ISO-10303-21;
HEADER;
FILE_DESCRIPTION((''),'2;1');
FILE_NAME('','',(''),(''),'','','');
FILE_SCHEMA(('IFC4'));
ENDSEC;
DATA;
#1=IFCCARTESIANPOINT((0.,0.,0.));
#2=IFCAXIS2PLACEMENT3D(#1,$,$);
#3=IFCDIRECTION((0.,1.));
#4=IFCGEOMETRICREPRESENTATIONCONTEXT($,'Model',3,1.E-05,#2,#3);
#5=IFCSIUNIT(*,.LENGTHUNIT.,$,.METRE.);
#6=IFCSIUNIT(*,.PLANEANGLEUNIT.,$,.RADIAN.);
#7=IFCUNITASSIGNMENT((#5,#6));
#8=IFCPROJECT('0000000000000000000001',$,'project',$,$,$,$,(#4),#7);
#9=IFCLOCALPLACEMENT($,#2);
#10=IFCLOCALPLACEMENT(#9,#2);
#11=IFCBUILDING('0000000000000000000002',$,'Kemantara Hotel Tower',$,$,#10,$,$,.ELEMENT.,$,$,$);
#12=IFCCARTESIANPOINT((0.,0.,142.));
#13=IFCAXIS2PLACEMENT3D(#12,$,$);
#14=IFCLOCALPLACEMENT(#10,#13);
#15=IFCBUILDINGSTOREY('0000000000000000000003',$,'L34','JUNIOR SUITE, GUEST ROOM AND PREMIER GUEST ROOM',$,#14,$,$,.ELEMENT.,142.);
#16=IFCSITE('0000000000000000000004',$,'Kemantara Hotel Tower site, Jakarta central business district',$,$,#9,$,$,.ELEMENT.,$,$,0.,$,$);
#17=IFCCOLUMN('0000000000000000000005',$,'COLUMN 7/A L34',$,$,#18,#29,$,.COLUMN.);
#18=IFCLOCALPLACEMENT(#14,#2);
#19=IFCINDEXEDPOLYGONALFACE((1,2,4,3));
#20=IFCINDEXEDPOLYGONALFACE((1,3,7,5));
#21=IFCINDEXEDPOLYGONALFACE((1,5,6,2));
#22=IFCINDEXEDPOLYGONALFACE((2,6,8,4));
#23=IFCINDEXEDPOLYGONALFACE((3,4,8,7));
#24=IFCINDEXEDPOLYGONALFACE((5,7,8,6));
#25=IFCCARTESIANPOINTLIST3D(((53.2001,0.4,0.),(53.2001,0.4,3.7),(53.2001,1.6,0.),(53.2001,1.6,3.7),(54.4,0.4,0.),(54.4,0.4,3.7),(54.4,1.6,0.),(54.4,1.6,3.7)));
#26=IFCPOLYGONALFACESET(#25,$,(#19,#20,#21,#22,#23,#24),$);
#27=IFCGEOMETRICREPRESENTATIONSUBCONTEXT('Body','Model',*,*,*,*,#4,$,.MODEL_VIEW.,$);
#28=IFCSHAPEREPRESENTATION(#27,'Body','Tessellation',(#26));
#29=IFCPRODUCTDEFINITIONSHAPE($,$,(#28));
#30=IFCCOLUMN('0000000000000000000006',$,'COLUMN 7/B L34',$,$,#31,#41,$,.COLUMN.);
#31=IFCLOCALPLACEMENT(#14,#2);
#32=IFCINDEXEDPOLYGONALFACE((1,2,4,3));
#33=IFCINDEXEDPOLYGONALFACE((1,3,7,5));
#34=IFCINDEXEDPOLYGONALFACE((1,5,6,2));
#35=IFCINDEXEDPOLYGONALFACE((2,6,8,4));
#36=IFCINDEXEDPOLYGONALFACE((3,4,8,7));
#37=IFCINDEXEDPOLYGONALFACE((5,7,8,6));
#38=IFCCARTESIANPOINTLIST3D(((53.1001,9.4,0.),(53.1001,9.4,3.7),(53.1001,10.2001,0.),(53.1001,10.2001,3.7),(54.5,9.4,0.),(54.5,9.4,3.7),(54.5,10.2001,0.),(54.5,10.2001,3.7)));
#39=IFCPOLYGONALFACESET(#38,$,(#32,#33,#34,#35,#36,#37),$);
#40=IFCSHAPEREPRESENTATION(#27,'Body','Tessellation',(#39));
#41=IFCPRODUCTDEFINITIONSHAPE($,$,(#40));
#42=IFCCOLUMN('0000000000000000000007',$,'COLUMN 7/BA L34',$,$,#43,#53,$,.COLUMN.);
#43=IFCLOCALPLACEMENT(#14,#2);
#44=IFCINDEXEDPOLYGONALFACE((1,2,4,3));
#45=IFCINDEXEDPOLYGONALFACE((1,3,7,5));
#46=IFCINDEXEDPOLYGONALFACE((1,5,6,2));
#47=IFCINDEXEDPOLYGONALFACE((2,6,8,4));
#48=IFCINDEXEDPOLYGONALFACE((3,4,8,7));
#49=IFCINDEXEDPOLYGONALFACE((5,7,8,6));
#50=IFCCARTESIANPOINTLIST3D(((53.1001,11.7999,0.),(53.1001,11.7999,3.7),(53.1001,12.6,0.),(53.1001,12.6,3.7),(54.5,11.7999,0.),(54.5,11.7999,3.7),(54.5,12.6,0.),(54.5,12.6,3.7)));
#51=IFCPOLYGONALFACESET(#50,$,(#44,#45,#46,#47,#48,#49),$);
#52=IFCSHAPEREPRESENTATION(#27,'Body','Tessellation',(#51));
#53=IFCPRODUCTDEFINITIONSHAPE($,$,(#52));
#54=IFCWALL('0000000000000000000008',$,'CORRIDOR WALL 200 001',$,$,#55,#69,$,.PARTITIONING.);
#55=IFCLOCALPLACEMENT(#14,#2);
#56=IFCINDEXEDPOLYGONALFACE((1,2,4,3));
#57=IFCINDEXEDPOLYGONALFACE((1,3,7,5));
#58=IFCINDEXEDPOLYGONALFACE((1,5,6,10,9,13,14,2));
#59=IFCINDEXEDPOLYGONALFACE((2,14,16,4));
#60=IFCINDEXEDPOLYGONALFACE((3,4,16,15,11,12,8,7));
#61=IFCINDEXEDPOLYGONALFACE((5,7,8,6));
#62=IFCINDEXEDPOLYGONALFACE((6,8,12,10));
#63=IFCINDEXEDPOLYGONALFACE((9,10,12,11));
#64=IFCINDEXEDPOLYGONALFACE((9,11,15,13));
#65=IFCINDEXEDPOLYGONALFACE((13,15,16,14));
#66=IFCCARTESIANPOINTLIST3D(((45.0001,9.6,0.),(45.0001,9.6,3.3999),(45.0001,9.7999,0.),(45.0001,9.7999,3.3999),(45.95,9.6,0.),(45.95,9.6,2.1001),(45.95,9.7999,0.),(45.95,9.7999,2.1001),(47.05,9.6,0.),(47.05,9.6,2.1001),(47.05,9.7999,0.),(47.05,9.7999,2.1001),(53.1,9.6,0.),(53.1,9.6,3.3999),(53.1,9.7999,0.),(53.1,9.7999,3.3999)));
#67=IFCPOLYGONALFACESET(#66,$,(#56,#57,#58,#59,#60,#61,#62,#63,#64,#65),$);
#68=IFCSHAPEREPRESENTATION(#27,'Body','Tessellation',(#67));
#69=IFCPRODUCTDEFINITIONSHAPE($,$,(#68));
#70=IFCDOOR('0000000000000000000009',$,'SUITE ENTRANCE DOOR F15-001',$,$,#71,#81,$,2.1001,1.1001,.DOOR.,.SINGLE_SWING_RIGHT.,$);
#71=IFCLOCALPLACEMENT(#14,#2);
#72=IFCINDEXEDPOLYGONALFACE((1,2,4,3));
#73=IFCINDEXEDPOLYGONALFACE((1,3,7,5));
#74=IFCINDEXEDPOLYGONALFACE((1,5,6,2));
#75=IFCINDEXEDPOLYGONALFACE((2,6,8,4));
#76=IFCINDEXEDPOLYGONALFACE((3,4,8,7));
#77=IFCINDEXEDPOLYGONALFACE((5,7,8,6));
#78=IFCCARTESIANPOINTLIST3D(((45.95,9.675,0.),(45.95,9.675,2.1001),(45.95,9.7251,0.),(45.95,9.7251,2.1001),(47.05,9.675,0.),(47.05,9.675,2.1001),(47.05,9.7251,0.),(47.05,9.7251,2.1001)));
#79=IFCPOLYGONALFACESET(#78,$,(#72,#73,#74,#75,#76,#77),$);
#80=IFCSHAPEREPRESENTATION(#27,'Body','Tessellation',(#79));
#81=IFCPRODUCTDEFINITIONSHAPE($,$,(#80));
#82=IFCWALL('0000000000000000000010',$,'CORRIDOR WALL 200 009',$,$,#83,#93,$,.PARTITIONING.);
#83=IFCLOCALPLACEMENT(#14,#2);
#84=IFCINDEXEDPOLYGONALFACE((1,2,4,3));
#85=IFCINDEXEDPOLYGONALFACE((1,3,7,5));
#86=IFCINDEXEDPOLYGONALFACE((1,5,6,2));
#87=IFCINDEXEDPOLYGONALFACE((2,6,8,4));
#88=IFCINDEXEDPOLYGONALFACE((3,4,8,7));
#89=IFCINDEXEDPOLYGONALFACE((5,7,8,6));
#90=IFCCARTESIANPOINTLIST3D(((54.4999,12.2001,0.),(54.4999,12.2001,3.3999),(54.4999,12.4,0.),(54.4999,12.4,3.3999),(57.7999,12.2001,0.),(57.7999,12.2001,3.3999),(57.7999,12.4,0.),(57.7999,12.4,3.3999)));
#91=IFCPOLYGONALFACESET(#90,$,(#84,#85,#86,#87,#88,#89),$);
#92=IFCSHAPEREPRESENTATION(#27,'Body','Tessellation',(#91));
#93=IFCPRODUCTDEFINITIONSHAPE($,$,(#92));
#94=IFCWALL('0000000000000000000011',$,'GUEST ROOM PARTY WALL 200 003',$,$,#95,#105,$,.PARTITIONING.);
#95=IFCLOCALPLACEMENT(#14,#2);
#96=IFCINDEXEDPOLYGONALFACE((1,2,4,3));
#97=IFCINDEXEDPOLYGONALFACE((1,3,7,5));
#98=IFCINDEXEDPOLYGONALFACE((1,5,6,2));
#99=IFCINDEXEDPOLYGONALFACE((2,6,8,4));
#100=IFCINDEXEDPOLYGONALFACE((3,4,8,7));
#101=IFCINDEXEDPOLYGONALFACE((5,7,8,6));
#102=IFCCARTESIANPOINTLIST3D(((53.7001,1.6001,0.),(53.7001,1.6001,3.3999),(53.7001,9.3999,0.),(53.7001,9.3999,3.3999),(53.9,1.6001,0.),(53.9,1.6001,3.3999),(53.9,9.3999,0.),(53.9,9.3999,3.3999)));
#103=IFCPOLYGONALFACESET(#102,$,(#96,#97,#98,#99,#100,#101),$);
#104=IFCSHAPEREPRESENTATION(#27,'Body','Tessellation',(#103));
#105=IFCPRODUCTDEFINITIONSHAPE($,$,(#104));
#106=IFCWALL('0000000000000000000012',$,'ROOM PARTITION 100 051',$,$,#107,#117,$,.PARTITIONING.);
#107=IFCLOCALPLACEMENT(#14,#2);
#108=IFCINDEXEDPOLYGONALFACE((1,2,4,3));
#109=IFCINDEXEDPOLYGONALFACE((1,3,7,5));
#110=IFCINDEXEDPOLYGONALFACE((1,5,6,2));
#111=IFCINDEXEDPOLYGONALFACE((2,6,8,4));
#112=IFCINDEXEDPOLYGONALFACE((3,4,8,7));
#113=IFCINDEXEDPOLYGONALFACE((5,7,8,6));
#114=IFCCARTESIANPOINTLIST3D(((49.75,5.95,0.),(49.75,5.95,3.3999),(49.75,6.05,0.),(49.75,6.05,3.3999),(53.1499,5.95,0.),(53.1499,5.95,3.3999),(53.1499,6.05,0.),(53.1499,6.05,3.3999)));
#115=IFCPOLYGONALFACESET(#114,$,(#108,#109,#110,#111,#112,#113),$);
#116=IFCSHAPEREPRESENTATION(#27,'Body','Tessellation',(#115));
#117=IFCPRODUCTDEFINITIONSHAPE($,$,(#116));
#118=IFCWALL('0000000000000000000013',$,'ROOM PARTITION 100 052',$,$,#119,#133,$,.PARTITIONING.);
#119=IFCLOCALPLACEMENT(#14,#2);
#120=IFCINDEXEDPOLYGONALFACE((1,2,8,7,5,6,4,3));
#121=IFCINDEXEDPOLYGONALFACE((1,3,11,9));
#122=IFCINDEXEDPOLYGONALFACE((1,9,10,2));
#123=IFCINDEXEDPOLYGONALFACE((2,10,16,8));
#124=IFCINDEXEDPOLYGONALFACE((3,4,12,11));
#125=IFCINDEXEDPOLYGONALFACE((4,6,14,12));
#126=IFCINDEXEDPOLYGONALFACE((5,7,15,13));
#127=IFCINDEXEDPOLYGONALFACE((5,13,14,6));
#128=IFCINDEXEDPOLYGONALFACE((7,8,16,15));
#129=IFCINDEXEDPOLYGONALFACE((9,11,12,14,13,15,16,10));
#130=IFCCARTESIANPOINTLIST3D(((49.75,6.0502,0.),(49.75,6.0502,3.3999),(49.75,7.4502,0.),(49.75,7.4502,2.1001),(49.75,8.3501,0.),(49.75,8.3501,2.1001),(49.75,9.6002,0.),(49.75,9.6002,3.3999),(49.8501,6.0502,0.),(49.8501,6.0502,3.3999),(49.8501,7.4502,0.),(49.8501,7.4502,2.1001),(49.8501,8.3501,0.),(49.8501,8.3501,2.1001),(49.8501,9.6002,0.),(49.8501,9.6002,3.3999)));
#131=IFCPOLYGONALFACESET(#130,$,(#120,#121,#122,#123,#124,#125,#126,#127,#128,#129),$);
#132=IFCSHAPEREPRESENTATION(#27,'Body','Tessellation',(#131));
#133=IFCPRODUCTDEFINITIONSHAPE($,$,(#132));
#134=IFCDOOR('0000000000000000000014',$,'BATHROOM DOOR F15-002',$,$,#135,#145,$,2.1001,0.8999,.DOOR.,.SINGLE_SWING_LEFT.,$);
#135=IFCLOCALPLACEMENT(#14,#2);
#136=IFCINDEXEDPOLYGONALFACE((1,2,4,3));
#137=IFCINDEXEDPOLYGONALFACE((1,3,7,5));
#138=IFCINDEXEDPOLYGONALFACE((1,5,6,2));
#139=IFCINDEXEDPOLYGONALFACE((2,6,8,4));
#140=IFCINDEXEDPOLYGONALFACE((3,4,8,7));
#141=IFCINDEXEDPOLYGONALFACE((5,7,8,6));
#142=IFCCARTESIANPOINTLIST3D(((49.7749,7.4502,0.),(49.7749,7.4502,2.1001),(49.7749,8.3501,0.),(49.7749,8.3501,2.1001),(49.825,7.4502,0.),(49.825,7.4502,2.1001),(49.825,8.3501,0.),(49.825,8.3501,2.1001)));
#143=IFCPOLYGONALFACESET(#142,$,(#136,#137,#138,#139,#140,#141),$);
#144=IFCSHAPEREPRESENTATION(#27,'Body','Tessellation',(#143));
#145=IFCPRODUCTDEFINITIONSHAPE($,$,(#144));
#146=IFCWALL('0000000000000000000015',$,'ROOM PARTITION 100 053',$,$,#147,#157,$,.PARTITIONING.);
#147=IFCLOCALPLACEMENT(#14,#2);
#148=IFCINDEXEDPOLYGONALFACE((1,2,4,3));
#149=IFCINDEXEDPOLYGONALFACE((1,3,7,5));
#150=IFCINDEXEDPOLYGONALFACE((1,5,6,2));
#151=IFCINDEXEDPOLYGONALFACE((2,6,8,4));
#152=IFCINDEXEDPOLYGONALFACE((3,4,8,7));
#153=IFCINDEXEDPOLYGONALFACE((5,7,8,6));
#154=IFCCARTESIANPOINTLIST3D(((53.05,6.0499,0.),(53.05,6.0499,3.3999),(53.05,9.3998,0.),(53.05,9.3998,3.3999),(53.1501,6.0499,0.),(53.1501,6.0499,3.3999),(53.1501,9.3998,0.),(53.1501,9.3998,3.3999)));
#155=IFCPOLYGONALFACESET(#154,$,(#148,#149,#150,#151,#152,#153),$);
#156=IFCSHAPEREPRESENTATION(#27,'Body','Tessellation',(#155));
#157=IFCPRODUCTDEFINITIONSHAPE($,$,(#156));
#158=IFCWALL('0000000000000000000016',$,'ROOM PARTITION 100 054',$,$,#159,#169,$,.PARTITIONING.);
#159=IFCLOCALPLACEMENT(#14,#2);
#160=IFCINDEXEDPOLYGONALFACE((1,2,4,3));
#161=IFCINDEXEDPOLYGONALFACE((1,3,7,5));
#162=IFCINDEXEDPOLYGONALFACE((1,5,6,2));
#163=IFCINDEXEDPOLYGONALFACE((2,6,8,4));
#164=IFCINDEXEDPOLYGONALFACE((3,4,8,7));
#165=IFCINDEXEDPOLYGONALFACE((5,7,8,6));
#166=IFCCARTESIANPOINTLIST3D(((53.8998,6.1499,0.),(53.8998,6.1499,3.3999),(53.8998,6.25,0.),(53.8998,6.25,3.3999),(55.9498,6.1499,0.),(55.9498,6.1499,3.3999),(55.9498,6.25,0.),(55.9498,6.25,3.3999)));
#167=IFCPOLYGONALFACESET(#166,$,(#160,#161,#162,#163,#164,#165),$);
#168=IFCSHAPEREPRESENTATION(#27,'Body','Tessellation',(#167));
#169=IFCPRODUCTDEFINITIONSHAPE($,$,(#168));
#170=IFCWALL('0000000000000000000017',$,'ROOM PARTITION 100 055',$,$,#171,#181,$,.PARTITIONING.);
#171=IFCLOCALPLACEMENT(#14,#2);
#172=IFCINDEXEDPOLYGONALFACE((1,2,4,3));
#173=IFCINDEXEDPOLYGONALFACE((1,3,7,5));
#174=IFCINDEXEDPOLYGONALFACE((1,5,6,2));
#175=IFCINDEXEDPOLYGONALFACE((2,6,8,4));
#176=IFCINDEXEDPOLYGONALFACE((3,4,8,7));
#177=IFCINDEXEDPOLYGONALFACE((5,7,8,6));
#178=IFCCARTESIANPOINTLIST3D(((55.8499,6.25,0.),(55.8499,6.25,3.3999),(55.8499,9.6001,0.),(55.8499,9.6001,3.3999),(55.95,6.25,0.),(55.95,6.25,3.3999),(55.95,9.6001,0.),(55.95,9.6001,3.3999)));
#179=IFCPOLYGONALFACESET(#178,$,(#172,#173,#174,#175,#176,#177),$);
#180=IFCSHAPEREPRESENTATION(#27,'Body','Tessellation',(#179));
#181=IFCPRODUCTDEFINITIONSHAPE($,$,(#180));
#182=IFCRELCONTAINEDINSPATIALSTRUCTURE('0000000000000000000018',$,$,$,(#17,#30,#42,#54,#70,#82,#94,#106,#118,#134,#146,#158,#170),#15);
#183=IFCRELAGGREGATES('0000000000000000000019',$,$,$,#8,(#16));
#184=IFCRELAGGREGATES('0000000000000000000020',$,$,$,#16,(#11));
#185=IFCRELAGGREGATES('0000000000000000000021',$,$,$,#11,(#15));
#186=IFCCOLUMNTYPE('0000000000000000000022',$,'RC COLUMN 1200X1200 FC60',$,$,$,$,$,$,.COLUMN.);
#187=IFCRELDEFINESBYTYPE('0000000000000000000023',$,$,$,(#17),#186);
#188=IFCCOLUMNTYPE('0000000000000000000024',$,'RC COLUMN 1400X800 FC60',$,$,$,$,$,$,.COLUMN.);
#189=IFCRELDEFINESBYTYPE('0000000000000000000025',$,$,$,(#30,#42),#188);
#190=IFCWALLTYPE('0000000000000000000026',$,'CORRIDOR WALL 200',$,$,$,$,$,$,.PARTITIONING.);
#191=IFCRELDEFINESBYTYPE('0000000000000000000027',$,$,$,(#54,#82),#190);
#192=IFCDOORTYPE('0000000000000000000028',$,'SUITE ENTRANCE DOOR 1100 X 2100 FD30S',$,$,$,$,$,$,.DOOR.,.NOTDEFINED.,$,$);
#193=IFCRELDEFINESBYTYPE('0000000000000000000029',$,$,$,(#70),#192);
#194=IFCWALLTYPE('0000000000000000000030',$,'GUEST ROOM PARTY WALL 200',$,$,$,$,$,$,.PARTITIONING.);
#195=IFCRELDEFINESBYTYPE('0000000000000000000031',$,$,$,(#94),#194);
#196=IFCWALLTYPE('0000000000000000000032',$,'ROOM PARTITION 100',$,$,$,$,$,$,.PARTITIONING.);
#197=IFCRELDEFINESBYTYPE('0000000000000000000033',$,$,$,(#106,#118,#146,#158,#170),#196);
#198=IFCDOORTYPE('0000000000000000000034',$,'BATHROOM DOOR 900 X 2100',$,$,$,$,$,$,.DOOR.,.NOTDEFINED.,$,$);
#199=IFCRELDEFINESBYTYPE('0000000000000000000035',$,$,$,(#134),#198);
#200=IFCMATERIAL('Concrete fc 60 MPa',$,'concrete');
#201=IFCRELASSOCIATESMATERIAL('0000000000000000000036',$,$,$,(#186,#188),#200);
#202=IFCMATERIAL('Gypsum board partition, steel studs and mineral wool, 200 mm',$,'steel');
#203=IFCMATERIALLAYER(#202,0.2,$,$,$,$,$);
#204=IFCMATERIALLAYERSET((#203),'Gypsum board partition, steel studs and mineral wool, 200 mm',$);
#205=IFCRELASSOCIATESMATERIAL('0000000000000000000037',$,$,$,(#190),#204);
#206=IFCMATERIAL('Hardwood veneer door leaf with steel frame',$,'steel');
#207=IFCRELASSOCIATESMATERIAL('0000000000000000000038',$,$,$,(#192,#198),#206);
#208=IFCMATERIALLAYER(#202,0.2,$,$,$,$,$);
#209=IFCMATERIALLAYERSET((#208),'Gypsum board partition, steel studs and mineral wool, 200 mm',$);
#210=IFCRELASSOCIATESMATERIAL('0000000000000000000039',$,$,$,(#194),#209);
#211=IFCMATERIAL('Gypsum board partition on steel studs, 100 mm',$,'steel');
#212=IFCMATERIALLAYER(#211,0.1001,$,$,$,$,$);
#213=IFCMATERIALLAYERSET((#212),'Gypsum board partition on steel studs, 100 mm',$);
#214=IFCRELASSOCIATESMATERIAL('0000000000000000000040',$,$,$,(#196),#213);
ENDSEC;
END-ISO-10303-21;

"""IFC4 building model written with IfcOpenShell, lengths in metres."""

from ifc_helpers import new_model, si_unit, direction, frame, frame_2d, origin, origin_2d, place, context, subcontext, project, spatial, rectangle, extrude, material, layer, layer_set, material_profile, profile_set, type_object, element, fill, save


model = new_model("IFC4")

# Units and contexts
model_context = context("Model", 3, precision=1e-05, world=origin(), true_north=direction((0.0, 1.0)))
body_context = subcontext(model_context, "Body", "Model", "MODEL_VIEW")
ifc_project = project(units=[si_unit("LENGTHUNIT", "METRE"), si_unit("PLANEANGLEUNIT", "RADIAN")], contexts=[model_context])

# Site, building, storey
site_placement = place(None, origin())
site = spatial("IfcSite", under=ifc_project, at=site_placement, Name="Kemantara Hotel Tower site, Jakarta central business district", CompositionType="ELEMENT", RefElevation=0.0)
building_placement = place(site_placement, origin())
building = spatial("IfcBuilding", under=site, at=building_placement, Name="Kemantara Hotel Tower", CompositionType="ELEMENT")
storey_placement = place(building_placement, frame((0.0, 0.0, 142.0)))
storey = spatial("IfcBuildingStorey", under=building, at=storey_placement, Name="L34", Description="JUNIOR SUITE, GUEST ROOM AND PREMIER GUEST ROOM", CompositionType="ELEMENT", Elevation=142.0)

# Columns
ifc_material_1 = material(Name="Concrete fc 60 MPa", Category="concrete")
ifc_material_profile_1 = material_profile(ifc_material_1, rectangle(XDim=1.2, YDim=1.2, at=origin_2d()), Name="RC 1200X1200")
ifc_profile_set_1 = profile_set([ifc_material_profile_1], Name="Concrete fc 60 MPa")
column_type_1 = type_object("IfcColumnType", Name="RC COLUMN 1200X1200 FC60", PredefinedType="COLUMN", material=ifc_profile_set_1)
column_placement = place(storey_placement, frame((53.8, 1.0, 0.0), z_axis=(0.0, 0.0, 1.0), x_axis=(1.0, 0.0, 0.0)))
element("IfcColumn", 1, at=column_placement, inside=storey, type_object=column_type_1, Name="COLUMN 7/A L34", PredefinedType="COLUMN", context=body_context, shape_type="SweptSolid", body=[
    extrude(rectangle(XDim=1.2, YDim=1.2, at=origin_2d()), origin(), (0.0, 0.0, 1.0), 3.7),
])
ifc_material_profile_2 = material_profile(ifc_material_1, rectangle(XDim=1.3999, YDim=0.8, at=origin_2d()), Name="RC 1400X800")
ifc_profile_set_2 = profile_set([ifc_material_profile_2], Name="Concrete fc 60 MPa")
column_type_2 = type_object("IfcColumnType", Name="RC COLUMN 1400X800 FC60", PredefinedType="COLUMN", material=ifc_profile_set_2)
for number, where, z_axis, x_axis, name in (
    (2, (53.8, 9.8, 0.0), (0.0, 0.0, 1.0), (1.0, 0.0, 0.0), "COLUMN 7/B L34"),
    (3, (53.8, 12.2, 0.0), (0.0, 0.0, 1.0), (1.0, 0.0, 0.0), "COLUMN 7/BA L34"),
):
    element("IfcColumn", number, at=place(storey_placement, frame(where, z_axis=z_axis, x_axis=x_axis)), inside=storey, type_object=column_type_2, Name=name, PredefinedType="COLUMN", context=body_context, shape_type="SweptSolid", body=[
        extrude(rectangle(XDim=1.3999, YDim=0.8, at=origin_2d()), origin(), (0.0, 0.0, 1.0), 3.7),
    ])

# Wall, opening, door
ifc_material_2 = material(Name="Gypsum board partition, steel studs and mineral wool, 200 mm", Category="steel")
ifc_layer_1 = layer(ifc_material_2, 0.2)
ifc_layer_set_1 = layer_set([ifc_layer_1], Name="Gypsum board partition, steel studs and mineral wool, 200 mm")
wall_type_1 = type_object("IfcWallType", Name="CORRIDOR WALL 200", PredefinedType="PARTITIONING", material=ifc_layer_set_1)
wall_1_placement = place(storey_placement, frame((53.0999, 9.7, 0.0), z_axis=(0.0, 0.0, 1.0), x_axis=(-1.0, 0.0, 0.0)))
wall_1 = element("IfcWall", 4, at=wall_1_placement, inside=storey, type_object=wall_type_1, Name="CORRIDOR WALL 200 001", PredefinedType="PARTITIONING", context=body_context, shape_type="SweptSolid", body=[
    extrude(rectangle(XDim=8.0999, YDim=0.2, at=frame_2d((4.0498, 0.0))), origin(), (0.0, 0.0, 1.0), 3.3999),
])
opening_1_placement = place(wall_1_placement, frame((6.0498, 0.0, 0.0)))
opening_1 = element("IfcOpeningElement", 5, at=opening_1_placement, cuts=wall_1, PredefinedType="OPENING", context=body_context, shape_type="SweptSolid", body=[
    extrude(rectangle(XDim=1.1001, YDim=2.1001, at=frame_2d((0.55, 1.05))), frame((0.0, 0.1099, 0.0), z_axis=(0.0, -1.0, 0.0), x_axis=(1.0, 0.0, 0.0)), (0.0, 0.0, 1.0), 0.22),
])
ifc_material_3 = material(Name="Hardwood veneer door leaf with steel frame", Category="steel")
door_type_1 = type_object("IfcDoorType", Name="SUITE ENTRANCE DOOR 1100 X 2100 FD30S", OperationType="NOTDEFINED", PredefinedType="DOOR", material=ifc_material_3)
door_1_placement = place(opening_1_placement, origin())
door_1 = element("IfcDoor", 6, at=door_1_placement, inside=storey, type_object=door_type_1, Name="SUITE ENTRANCE DOOR F15-001", OperationType="SINGLE_SWING_RIGHT", OverallHeight=2.1001, OverallWidth=1.1001, PredefinedType="DOOR", context=body_context, shape_type="SweptSolid", body=[
    extrude(rectangle(XDim=1.1001, YDim=2.1001, at=frame_2d((0.55, 1.05))), frame((0.0, 0.0249, 0.0), z_axis=(0.0, -1.0, 0.0), x_axis=(1.0, 0.0, 0.0)), (0.0, 0.0, 1.0), 0.05),
])
fill(opening_1, door_1)

# Walls
wall_2_placement = place(storey_placement, frame((54.5, 12.3, 0.0), z_axis=(0.0, 0.0, 1.0), x_axis=(1.0, 0.0, 0.0)))
element("IfcWall", 7, at=wall_2_placement, inside=storey, type_object=wall_type_1, Name="CORRIDOR WALL 200 009", PredefinedType="PARTITIONING", context=body_context, shape_type="SweptSolid", body=[
    extrude(rectangle(XDim=3.3, YDim=0.2, at=frame_2d((1.6499, 0.0))), origin(), (0.0, 0.0, 1.0), 3.3999),
])
ifc_layer_2 = layer(ifc_material_2, 0.2)
ifc_layer_set_2 = layer_set([ifc_layer_2], Name="Gypsum board partition, steel studs and mineral wool, 200 mm")
wall_type_2 = type_object("IfcWallType", Name="GUEST ROOM PARTY WALL 200", PredefinedType="PARTITIONING", material=ifc_layer_set_2)
wall_3_placement = place(storey_placement, frame((53.8, 1.6001, 0.0), z_axis=(0.0, 0.0, 1.0), x_axis=(0.0, 1.0, 0.0)))
element("IfcWall", 8, at=wall_3_placement, inside=storey, type_object=wall_type_2, Name="GUEST ROOM PARTY WALL 200 003", PredefinedType="PARTITIONING", context=body_context, shape_type="SweptSolid", body=[
    extrude(rectangle(XDim=7.7998, YDim=0.2, at=frame_2d((3.8999, 0.0))), origin(), (0.0, 0.0, 1.0), 3.3999),
])
ifc_material_4 = material(Name="Gypsum board partition on steel studs, 100 mm", Category="steel")
ifc_layer_3 = layer(ifc_material_4, 0.1001)
ifc_layer_set_3 = layer_set([ifc_layer_3], Name="Gypsum board partition on steel studs, 100 mm")
wall_type_3 = type_object("IfcWallType", Name="ROOM PARTITION 100", PredefinedType="PARTITIONING", material=ifc_layer_set_3)
wall_4_placement = place(storey_placement, frame((49.75, 6.0, 0.0), z_axis=(0.0, 0.0, 1.0), x_axis=(1.0, 0.0, 0.0)))
element("IfcWall", 9, at=wall_4_placement, inside=storey, type_object=wall_type_3, Name="ROOM PARTITION 100 051", PredefinedType="PARTITIONING", context=body_context, shape_type="SweptSolid", body=[
    extrude(rectangle(XDim=3.3999, YDim=0.1001, at=frame_2d((1.7, 0.0))), origin(), (0.0, 0.0, 1.0), 3.3999),
])

# Wall, opening, door
wall_5_placement = place(storey_placement, frame((49.8, 9.6001, 0.0), z_axis=(0.0, 0.0, 1.0), x_axis=(0.0, -1.0, 0.0)))
wall_5 = element("IfcWall", 10, at=wall_5_placement, inside=storey, type_object=wall_type_3, Name="ROOM PARTITION 100 052", PredefinedType="PARTITIONING", context=body_context, shape_type="SweptSolid", body=[
    extrude(rectangle(XDim=3.55, YDim=0.1001, at=frame_2d((1.7749, 0.0))), origin(), (0.0, 0.0, 1.0), 3.3999),
])
opening_2_placement = place(wall_5_placement, frame((1.25, 0.0, 0.0)))
opening_2 = element("IfcOpeningElement", 11, at=opening_2_placement, cuts=wall_5, PredefinedType="OPENING", context=body_context, shape_type="SweptSolid", body=[
    extrude(rectangle(XDim=0.8999, YDim=2.1001, at=frame_2d((0.45, 1.05))), frame((0.0, 0.0601, 0.0), z_axis=(0.0, -1.0, 0.0), x_axis=(1.0, 0.0, 0.0)), (0.0, 0.0, 1.0), 0.1201),
])
door_type_2 = type_object("IfcDoorType", Name="BATHROOM DOOR 900 X 2100", OperationType="NOTDEFINED", PredefinedType="DOOR", material=ifc_material_3)
door_2_placement = place(opening_2_placement, origin())
door_2 = element("IfcDoor", 12, at=door_2_placement, inside=storey, type_object=door_type_2, Name="BATHROOM DOOR F15-002", OperationType="SINGLE_SWING_LEFT", OverallHeight=2.1001, OverallWidth=0.8999, PredefinedType="DOOR", context=body_context, shape_type="SweptSolid", body=[
    extrude(rectangle(XDim=0.8999, YDim=2.1001, at=frame_2d((0.45, 1.05))), frame((0.0, 0.0249, 0.0), z_axis=(0.0, -1.0, 0.0), x_axis=(1.0, 0.0, 0.0)), (0.0, 0.0, 1.0), 0.05),
])
fill(opening_2, door_2)

# Walls
wall_6_placement = place(storey_placement, frame((53.1001, 6.05, 0.0), z_axis=(0.0, 0.0, 1.0), x_axis=(0.0, 1.0, 0.0)))
element("IfcWall", 13, at=wall_6_placement, inside=storey, type_object=wall_type_3, Name="ROOM PARTITION 100 053", PredefinedType="PARTITIONING", context=body_context, shape_type="SweptSolid", body=[
    extrude(rectangle(XDim=3.3499, YDim=0.1001, at=frame_2d((1.6748, 0.0))), origin(), (0.0, 0.0, 1.0), 3.3999),
])
wall_7_placement = place(storey_placement, frame((53.8999, 6.2, 0.0), z_axis=(0.0, 0.0, 1.0), x_axis=(1.0, 0.0, 0.0)))
element("IfcWall", 14, at=wall_7_placement, inside=storey, type_object=wall_type_3, Name="ROOM PARTITION 100 054", PredefinedType="PARTITIONING", context=body_context, shape_type="SweptSolid", body=[
    extrude(rectangle(XDim=2.05, YDim=0.1001, at=frame_2d((1.0249, 0.0))), origin(), (0.0, 0.0, 1.0), 3.3999),
])
wall_8_placement = place(storey_placement, frame((55.8999, 6.25, 0.0), z_axis=(0.0, 0.0, 1.0), x_axis=(0.0, 1.0, 0.0)))
element("IfcWall", 15, at=wall_8_placement, inside=storey, type_object=wall_type_3, Name="ROOM PARTITION 100 055", PredefinedType="PARTITIONING", context=body_context, shape_type="SweptSolid", body=[
    extrude(rectangle(XDim=3.3501, YDim=0.1001, at=frame_2d((1.675, 0.0))), origin(), (0.0, 0.0, 1.0), 3.3999),
])

save(model, "model.ifc")
